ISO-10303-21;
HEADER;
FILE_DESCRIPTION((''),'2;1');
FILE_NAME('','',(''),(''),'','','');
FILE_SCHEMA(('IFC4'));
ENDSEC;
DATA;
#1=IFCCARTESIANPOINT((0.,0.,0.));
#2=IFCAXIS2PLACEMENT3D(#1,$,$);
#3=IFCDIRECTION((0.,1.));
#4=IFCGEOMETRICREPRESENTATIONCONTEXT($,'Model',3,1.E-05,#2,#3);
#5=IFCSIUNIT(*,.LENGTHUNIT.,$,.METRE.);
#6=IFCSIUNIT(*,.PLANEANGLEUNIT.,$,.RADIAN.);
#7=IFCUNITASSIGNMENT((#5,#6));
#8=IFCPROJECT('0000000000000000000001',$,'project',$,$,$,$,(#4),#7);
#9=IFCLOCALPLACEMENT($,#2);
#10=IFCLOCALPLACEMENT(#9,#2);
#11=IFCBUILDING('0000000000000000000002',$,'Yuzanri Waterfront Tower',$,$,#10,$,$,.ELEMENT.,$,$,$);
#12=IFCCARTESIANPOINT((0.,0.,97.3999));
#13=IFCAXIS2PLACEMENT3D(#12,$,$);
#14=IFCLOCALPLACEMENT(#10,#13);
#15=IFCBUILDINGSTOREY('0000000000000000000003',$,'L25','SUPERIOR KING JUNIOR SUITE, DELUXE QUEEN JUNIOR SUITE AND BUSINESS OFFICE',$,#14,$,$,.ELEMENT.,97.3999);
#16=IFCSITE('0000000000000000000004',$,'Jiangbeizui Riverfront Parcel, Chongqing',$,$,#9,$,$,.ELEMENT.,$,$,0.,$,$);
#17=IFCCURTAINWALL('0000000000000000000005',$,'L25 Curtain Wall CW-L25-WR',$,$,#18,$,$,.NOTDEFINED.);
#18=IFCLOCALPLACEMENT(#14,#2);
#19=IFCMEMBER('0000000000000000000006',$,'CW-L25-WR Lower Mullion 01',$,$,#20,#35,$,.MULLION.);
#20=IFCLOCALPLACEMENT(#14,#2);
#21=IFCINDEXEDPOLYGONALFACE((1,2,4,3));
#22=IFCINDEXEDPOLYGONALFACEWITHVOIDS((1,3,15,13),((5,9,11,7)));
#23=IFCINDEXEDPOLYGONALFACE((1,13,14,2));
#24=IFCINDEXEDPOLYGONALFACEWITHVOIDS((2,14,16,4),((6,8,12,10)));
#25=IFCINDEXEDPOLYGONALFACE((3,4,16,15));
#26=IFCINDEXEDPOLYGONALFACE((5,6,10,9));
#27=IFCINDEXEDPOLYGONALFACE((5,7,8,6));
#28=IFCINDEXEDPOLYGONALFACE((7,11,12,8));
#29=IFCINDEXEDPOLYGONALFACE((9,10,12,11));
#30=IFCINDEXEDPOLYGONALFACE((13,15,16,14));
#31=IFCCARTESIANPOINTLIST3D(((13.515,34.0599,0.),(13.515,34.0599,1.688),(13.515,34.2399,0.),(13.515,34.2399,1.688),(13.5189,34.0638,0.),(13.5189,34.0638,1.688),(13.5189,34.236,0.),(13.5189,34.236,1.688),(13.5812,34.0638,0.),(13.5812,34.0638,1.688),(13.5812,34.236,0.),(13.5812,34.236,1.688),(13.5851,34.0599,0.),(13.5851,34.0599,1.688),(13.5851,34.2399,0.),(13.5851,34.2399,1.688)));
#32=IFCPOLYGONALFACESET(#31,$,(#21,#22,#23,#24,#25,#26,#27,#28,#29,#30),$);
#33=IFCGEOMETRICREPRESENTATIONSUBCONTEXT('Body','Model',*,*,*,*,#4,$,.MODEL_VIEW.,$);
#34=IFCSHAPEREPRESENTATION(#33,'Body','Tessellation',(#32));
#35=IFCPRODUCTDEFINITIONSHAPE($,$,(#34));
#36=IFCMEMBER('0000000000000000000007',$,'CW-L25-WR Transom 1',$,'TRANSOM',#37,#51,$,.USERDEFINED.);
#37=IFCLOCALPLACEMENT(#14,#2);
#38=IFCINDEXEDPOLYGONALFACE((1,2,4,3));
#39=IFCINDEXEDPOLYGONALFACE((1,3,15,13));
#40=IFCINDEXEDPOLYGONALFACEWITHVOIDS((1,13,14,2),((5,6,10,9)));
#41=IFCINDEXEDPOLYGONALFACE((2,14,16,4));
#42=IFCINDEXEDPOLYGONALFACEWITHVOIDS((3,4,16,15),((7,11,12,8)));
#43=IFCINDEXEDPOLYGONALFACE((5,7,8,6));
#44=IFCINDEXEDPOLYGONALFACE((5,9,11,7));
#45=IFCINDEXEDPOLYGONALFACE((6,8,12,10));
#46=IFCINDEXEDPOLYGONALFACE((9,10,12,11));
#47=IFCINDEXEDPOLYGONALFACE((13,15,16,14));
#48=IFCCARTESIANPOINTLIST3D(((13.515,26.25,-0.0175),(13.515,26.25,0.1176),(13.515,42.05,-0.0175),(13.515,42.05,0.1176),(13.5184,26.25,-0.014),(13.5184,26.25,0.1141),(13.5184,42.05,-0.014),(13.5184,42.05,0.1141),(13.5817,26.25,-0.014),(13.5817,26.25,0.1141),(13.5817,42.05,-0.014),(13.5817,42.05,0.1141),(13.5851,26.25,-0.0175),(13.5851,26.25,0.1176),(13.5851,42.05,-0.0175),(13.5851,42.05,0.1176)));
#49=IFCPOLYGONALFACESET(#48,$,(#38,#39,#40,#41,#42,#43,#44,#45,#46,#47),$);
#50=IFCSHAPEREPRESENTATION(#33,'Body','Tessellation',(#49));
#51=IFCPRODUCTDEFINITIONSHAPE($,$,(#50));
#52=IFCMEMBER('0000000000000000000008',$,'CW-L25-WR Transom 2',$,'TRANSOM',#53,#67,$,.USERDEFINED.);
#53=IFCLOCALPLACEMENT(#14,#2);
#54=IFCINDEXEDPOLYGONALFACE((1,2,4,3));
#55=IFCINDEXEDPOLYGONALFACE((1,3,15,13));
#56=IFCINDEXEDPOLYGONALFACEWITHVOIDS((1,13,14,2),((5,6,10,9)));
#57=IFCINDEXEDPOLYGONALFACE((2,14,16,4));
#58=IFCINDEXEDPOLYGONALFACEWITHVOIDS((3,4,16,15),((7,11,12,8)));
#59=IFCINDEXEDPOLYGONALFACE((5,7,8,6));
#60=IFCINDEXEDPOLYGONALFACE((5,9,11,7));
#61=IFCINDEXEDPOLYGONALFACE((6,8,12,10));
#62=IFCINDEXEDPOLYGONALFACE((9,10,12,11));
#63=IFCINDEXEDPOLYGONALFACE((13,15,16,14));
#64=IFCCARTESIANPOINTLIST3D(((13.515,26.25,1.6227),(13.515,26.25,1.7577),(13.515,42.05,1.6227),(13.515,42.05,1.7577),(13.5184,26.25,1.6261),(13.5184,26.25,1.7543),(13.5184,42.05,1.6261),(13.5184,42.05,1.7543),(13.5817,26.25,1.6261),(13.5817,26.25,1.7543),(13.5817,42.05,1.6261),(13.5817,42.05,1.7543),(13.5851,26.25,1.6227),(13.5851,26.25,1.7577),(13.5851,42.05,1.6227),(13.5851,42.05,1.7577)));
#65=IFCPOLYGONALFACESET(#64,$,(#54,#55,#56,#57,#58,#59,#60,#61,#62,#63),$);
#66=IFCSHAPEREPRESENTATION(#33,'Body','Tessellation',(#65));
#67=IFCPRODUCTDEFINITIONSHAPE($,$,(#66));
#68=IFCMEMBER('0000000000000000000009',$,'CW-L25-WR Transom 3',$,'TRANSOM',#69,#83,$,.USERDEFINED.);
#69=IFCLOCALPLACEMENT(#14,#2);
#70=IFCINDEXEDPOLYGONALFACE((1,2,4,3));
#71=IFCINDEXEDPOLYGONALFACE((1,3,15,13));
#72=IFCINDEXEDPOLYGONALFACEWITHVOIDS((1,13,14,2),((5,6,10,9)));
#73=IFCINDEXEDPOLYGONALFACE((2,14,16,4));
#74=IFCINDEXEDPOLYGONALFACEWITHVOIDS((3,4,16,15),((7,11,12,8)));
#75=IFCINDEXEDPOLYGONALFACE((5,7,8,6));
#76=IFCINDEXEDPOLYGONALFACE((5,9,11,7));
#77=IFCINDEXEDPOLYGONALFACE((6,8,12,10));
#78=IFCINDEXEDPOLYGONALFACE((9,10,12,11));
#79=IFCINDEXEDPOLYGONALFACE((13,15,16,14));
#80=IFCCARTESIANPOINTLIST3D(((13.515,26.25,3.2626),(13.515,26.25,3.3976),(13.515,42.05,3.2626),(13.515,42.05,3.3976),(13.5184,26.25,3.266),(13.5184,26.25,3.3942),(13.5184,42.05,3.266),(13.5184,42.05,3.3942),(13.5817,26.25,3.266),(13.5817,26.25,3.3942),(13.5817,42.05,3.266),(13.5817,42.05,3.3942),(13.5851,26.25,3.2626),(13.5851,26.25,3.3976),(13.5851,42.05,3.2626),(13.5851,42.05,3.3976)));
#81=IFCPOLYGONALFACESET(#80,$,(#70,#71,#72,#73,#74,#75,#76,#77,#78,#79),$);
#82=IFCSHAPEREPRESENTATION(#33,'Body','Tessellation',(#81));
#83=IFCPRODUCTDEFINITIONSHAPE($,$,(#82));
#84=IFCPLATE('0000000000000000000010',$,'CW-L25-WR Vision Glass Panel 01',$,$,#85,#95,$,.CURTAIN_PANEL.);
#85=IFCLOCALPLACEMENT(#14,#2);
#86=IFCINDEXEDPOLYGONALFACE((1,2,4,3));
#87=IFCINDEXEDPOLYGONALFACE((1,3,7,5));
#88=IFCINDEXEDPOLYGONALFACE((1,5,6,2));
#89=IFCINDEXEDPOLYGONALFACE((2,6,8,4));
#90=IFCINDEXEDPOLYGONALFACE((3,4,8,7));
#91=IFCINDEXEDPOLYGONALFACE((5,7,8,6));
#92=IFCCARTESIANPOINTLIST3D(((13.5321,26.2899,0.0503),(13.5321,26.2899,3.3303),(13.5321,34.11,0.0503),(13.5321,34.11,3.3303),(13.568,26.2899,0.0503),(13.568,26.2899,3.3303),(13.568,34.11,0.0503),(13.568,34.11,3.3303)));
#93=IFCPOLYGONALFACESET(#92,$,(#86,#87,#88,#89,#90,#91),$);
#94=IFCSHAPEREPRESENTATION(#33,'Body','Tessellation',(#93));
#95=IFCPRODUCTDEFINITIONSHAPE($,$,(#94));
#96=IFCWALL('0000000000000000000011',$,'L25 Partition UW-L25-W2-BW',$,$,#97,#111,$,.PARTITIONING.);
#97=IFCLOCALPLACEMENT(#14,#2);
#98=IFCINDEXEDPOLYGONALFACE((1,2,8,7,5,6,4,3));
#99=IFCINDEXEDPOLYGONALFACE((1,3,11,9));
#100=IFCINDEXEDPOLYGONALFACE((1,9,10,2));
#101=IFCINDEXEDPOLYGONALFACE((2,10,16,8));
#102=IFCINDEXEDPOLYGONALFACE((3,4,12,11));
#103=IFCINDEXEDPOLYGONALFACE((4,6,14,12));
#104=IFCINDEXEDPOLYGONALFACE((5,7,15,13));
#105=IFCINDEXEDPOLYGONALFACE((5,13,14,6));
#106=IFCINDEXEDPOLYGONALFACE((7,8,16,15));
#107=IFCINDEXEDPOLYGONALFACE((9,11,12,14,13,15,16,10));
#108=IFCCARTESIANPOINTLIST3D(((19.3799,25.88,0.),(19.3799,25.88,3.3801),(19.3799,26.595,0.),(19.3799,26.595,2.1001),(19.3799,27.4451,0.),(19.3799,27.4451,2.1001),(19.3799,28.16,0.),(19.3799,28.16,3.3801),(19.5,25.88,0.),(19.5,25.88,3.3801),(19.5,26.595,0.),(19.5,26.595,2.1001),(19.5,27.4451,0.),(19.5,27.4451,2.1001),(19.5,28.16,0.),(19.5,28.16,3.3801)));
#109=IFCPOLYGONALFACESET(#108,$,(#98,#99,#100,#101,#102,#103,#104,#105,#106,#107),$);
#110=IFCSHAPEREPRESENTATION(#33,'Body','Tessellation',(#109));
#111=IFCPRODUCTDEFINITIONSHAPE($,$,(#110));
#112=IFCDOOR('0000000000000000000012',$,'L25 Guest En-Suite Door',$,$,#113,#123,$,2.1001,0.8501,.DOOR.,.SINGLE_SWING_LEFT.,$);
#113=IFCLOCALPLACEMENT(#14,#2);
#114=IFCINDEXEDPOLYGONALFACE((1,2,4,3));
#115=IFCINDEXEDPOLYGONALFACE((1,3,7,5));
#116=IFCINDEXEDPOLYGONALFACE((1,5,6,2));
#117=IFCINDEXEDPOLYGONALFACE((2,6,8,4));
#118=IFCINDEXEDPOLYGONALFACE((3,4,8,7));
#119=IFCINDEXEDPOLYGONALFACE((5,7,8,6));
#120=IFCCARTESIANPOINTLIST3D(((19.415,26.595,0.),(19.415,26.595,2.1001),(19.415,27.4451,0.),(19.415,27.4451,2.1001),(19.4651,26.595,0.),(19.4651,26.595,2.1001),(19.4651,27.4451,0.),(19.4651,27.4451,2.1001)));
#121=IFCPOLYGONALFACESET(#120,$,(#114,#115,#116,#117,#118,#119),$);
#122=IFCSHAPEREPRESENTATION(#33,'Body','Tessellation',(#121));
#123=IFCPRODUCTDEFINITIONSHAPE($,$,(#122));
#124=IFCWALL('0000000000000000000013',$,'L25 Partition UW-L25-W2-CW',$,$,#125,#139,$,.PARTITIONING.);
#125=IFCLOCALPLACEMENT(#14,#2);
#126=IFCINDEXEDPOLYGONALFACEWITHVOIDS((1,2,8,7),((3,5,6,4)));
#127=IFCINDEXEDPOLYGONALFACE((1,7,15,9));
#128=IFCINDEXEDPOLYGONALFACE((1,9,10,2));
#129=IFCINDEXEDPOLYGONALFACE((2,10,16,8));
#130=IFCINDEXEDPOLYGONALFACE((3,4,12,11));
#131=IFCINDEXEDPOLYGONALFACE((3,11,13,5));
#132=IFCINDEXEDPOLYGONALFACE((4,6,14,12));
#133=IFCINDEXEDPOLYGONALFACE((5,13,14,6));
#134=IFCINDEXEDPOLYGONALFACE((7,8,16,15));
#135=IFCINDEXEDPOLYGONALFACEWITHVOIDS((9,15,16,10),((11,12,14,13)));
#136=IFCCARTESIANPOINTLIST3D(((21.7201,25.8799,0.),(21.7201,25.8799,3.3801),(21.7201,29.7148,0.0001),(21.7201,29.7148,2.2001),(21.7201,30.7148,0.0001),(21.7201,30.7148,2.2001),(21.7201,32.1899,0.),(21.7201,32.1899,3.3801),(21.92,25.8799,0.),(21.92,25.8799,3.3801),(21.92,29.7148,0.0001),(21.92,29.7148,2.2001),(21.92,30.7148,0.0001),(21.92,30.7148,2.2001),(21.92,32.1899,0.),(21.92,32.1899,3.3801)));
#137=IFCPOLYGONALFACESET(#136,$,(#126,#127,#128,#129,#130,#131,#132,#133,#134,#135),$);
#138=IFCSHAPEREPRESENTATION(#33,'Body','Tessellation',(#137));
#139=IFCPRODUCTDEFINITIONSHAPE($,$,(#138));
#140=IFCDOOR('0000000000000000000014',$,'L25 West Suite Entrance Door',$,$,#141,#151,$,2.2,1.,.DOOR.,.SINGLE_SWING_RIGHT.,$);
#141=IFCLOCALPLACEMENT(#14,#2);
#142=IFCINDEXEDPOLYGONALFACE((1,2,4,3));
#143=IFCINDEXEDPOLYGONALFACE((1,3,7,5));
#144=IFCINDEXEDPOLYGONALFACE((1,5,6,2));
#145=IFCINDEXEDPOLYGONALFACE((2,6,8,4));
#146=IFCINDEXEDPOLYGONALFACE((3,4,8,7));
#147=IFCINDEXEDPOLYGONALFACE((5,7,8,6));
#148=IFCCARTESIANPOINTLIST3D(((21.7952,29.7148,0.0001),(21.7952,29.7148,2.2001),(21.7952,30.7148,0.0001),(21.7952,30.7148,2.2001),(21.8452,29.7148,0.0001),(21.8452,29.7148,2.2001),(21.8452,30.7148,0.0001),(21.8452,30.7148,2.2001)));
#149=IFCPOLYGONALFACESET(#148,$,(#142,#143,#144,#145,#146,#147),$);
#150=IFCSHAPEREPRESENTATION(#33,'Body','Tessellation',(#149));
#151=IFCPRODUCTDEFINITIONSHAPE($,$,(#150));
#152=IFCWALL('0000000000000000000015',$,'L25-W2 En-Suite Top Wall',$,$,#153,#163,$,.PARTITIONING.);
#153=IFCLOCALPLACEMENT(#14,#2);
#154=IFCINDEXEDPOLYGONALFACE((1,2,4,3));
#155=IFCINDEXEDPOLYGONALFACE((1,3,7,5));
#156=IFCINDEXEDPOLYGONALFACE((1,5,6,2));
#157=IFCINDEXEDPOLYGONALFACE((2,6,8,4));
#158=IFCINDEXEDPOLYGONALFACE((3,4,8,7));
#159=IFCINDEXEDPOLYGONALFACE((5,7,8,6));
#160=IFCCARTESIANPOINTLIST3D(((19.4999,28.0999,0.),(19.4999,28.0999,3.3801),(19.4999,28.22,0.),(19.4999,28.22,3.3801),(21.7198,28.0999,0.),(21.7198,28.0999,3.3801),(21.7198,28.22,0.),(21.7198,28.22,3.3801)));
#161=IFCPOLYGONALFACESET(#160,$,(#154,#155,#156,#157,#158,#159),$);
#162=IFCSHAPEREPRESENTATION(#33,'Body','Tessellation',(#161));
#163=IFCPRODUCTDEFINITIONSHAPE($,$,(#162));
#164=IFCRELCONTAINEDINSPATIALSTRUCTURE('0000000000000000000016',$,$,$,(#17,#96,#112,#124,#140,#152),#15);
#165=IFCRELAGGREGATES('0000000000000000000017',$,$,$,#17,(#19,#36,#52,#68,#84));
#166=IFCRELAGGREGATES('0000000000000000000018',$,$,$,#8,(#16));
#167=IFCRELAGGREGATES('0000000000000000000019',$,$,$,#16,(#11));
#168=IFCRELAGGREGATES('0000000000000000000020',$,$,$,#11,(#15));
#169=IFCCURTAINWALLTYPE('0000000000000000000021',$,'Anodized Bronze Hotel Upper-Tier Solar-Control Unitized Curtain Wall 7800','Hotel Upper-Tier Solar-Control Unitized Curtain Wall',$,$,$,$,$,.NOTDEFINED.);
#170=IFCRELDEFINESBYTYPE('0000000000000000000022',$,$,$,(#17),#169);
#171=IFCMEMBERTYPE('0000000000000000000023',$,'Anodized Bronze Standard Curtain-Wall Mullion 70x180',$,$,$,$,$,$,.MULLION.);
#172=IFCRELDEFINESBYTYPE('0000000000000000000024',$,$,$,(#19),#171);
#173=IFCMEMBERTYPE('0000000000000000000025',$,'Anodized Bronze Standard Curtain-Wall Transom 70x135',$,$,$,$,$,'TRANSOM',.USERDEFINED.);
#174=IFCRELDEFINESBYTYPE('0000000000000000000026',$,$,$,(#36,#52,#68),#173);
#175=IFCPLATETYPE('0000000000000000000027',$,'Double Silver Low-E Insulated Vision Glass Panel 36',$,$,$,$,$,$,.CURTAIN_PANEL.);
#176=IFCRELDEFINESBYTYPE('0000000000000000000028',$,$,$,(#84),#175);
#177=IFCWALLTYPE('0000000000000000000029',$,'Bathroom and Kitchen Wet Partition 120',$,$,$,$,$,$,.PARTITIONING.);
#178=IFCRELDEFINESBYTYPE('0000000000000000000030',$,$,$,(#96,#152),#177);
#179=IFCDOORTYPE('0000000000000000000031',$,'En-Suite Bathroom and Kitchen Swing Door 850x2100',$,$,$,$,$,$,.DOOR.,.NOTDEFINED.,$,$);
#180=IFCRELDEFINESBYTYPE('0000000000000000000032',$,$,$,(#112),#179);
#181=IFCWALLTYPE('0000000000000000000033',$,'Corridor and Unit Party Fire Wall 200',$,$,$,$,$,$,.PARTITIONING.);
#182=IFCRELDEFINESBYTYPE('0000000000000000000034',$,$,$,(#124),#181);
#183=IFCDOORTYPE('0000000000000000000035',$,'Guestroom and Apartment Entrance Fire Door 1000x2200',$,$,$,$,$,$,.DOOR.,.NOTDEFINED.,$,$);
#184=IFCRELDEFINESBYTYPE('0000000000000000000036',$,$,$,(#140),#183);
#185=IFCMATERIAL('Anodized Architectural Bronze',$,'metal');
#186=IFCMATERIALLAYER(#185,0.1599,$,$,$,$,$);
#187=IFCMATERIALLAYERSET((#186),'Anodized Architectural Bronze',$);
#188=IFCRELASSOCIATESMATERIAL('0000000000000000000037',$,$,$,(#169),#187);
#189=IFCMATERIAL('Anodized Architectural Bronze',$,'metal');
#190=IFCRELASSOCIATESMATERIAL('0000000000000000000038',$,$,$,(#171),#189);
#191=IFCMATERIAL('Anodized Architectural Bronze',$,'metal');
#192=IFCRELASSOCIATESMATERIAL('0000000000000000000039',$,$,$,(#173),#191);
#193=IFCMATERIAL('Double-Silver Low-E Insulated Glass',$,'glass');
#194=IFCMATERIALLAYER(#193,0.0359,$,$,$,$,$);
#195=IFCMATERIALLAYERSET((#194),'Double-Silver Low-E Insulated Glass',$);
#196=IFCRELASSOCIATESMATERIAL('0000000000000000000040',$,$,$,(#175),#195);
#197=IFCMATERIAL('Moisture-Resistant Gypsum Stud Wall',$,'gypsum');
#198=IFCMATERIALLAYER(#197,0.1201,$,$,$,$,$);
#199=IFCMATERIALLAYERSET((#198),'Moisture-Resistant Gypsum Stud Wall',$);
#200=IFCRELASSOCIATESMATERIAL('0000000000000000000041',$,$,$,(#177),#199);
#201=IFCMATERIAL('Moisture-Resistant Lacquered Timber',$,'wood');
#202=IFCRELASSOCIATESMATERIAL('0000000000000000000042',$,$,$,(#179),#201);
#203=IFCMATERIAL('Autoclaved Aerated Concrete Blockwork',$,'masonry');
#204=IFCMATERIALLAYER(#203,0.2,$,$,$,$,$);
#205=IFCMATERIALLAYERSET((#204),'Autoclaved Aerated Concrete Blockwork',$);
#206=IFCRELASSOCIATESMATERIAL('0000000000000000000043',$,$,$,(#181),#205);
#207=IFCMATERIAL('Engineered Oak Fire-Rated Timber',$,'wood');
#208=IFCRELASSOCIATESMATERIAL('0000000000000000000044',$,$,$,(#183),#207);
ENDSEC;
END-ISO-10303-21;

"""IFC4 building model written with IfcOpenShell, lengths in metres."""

from ifc_helpers import new_model, si_unit, direction, frame, frame_2d, origin, origin_2d, place, context, subcontext, project, spatial, rectangle, hollow_rectangle, extrude, source, transform, mapped, material, layer, layer_set, material_profile, profile_set, type_object, element, fill, aggregate, save


model = new_model("IFC4")

# Units and contexts
model_context = context("Model", 3, precision=1e-05, world=origin(), true_north=direction((0.0, 1.0)))
body_context = subcontext(model_context, "Body", "Model", "MODEL_VIEW")
ifc_project = project(units=[si_unit("LENGTHUNIT", "METRE"), si_unit("PLANEANGLEUNIT", "RADIAN")], contexts=[model_context])

# Site, building, storey
site_placement = place(None, origin())
site = spatial("IfcSite", under=ifc_project, at=site_placement, Name="Jiangbeizui Riverfront Parcel, Chongqing", CompositionType="ELEMENT", RefElevation=0.0)
building_placement = place(site_placement, origin())
building = spatial("IfcBuilding", under=site, at=building_placement, Name="Yuzanri Waterfront Tower", CompositionType="ELEMENT")
storey_placement = place(building_placement, frame((0.0, 0.0, 97.3999)))
storey = spatial("IfcBuildingStorey", under=building, at=storey_placement, Name="L25", Description="SUPERIOR KING JUNIOR SUITE, DELUXE QUEEN JUNIOR SUITE AND BUSINESS OFFICE", CompositionType="ELEMENT", Elevation=97.3999)

# Shared definitions
ifc_material_1 = material(Name="Anodized Architectural Bronze", Category="metal")
ifc_layer_1 = layer(ifc_material_1, 0.1599)
ifc_layer_set_1 = layer_set([ifc_layer_1], Name="Anodized Architectural Bronze")
curtain_wall_type = type_object("IfcCurtainWallType", Name="Anodized Bronze Hotel Upper-Tier Solar-Control Unitized Curtain Wall 7800", Description="Hotel Upper-Tier Solar-Control Unitized Curtain Wall", PredefinedType="NOTDEFINED", material=ifc_layer_set_1)
ifc_material_2 = material(Name="Anodized Architectural Bronze", Category="metal")
ifc_material_profile_1 = material_profile(ifc_material_2, hollow_rectangle(XDim=0.0701, YDim=0.1799, WallThickness=0.0039, at=origin_2d()), Name="CWM 70x180")
ifc_profile_set_1 = profile_set([ifc_material_profile_1], Name="Anodized Architectural Bronze")
member_type_1 = type_object("IfcMemberType", Name="Anodized Bronze Standard Curtain-Wall Mullion 70x180", PredefinedType="MULLION", material=ifc_profile_set_1)
shared_shape_1 = source(origin(), body_context, "Body", "SweptSolid", [
    extrude(hollow_rectangle(XDim=0.0701, YDim=0.1799, WallThickness=0.0039, at=origin_2d()), origin(), (0.0, 0.0, 1.0), 1.688),
])

# Curtain wall, members, plate
curtain_wall_1_placement = place(storey_placement, origin())
curtain_wall_1 = element("IfcCurtainWall", 1, at=curtain_wall_1_placement, inside=storey, type_object=curtain_wall_type, Name="L25 Curtain Wall CW-L25-WR", PredefinedType="NOTDEFINED")
member_1_placement = place(storey_placement, frame((13.55, 34.1499, 0.0), z_axis=(0.0, 0.0, 1.0), x_axis=(1.0, 0.0, 0.0)))
member_1 = element("IfcMember", 2, at=member_1_placement, type_object=member_type_1, Name="CW-L25-WR Lower Mullion 01", PredefinedType="MULLION", context=body_context, shape_type="MappedRepresentation", body=[
    mapped(shared_shape_1, transform((0.0, 0.0, 0.0), scale=1.0)),
])
ifc_material_3 = material(Name="Anodized Architectural Bronze", Category="metal")
ifc_material_profile_2 = material_profile(ifc_material_3, hollow_rectangle(XDim=0.0701, YDim=0.135, WallThickness=0.0034, at=origin_2d()), Name="CWT 70x135")
ifc_profile_set_2 = profile_set([ifc_material_profile_2], Name="Anodized Architectural Bronze")
member_type_2 = type_object("IfcMemberType", Name="Anodized Bronze Standard Curtain-Wall Transom 70x135", ElementType="TRANSOM", PredefinedType="USERDEFINED", material=ifc_profile_set_2)
shared_shape_2 = source(origin(), body_context, "Body", "SweptSolid", [
    extrude(hollow_rectangle(XDim=0.0701, YDim=0.135, WallThickness=0.0034, at=origin_2d()), origin(), (0.0, 0.0, 1.0), 15.8),
])
member_2_placement = place(storey_placement, frame((13.55, 26.25, 0.05), z_axis=(0.0, 1.0, 0.0), x_axis=(-1.0, 0.0, 0.0)))
member_2 = element("IfcMember", 3, at=member_2_placement, type_object=member_type_2, Name="CW-L25-WR Transom 1", ObjectType="TRANSOM", PredefinedType="USERDEFINED", context=body_context, shape_type="MappedRepresentation", body=[
    mapped(shared_shape_2, transform((0.0, 0.0, 0.0), scale=1.0)),
])
member_3_placement = place(storey_placement, frame((13.55, 26.25, 1.6902), z_axis=(0.0, 1.0, 0.0), x_axis=(-1.0, 0.0, 0.0)))
member_3 = element("IfcMember", 4, at=member_3_placement, type_object=member_type_2, Name="CW-L25-WR Transom 2", ObjectType="TRANSOM", PredefinedType="USERDEFINED", context=body_context, shape_type="MappedRepresentation", body=[
    mapped(shared_shape_2, transform((0.0, 0.0, 0.0), scale=1.0)),
])
member_4_placement = place(storey_placement, frame((13.55, 26.25, 3.3301), z_axis=(0.0, 1.0, 0.0), x_axis=(-1.0, 0.0, 0.0)))
member_4 = element("IfcMember", 5, at=member_4_placement, type_object=member_type_2, Name="CW-L25-WR Transom 3", ObjectType="TRANSOM", PredefinedType="USERDEFINED", context=body_context, shape_type="MappedRepresentation", body=[
    mapped(shared_shape_2, transform((0.0, 0.0, 0.0), scale=1.0)),
])
ifc_material_4 = material(Name="Double-Silver Low-E Insulated Glass", Category="glass")
ifc_layer_2 = layer(ifc_material_4, 0.0359)
ifc_layer_set_2 = layer_set([ifc_layer_2], Name="Double-Silver Low-E Insulated Glass")
plate_type = type_object("IfcPlateType", Name="Double Silver Low-E Insulated Vision Glass Panel 36", PredefinedType="CURTAIN_PANEL", material=ifc_layer_set_2)
shared_shape_3 = source(origin(), body_context, "Body", "SweptSolid", [
    extrude(rectangle(XDim=7.8201, YDim=0.0359, at=origin_2d()), origin(), (0.0, 0.0, 1.0), 3.28),
])
plate_placement = place(storey_placement, frame((13.55, 30.2, 0.0503), z_axis=(0.0, 0.0, 1.0), x_axis=(0.0, 1.0, 0.0)))
plate = element("IfcPlate", 6, at=plate_placement, type_object=plate_type, Name="CW-L25-WR Vision Glass Panel 01", PredefinedType="CURTAIN_PANEL", context=body_context, shape_type="MappedRepresentation", body=[
    mapped(shared_shape_3, transform((0.0, 0.0, 0.0), scale=1.0)),
])
aggregate(curtain_wall_1, [member_1, member_2, member_3, member_4, plate])

# Wall, opening, door
ifc_material_5 = material(Name="Moisture-Resistant Gypsum Stud Wall", Category="gypsum")
ifc_layer_3 = layer(ifc_material_5, 0.1201)
ifc_layer_set_3 = layer_set([ifc_layer_3], Name="Moisture-Resistant Gypsum Stud Wall")
wall_type_1 = type_object("IfcWallType", Name="Bathroom and Kitchen Wet Partition 120", PredefinedType="PARTITIONING", material=ifc_layer_set_3)
wall_1_placement = place(storey_placement, frame((19.4399, 25.8799, 0.0), z_axis=(0.0, 0.0, 1.0), x_axis=(0.0, 1.0, 0.0)))
wall_1 = element("IfcWall", 7, at=wall_1_placement, inside=storey, type_object=wall_type_1, Name="L25 Partition UW-L25-W2-BW", PredefinedType="PARTITIONING", context=body_context, shape_type="SweptSolid", body=[
    extrude(rectangle(XDim=2.28, YDim=0.1201, at=frame_2d((1.1401, 0.0))), origin(), (0.0, 0.0, 1.0), 3.3801),
])
opening_1_placement = place(wall_1_placement, frame((0.7151, 0.0, 0.0)))
opening_1 = element("IfcOpeningElement", 8, at=opening_1_placement, cuts=wall_1, PredefinedType="OPENING", context=body_context, shape_type="SweptSolid", body=[
    extrude(rectangle(XDim=0.8501, YDim=2.1001, at=frame_2d((0.425, 1.05))), frame((0.0, 0.075, 0.0), z_axis=(0.0, -1.0, 0.0), x_axis=(1.0, 0.0, 0.0)), (0.0, 0.0, 1.0), 0.1499),
])
ifc_material_6 = material(Name="Moisture-Resistant Lacquered Timber", Category="wood")
door_type_1 = type_object("IfcDoorType", Name="En-Suite Bathroom and Kitchen Swing Door 850x2100", OperationType="NOTDEFINED", PredefinedType="DOOR", material=ifc_material_6)
shared_shape_4 = source(origin(), body_context, "Body", "SweptSolid", [
    extrude(rectangle(XDim=0.8501, YDim=2.1001, at=frame_2d((0.425, 1.05))), frame((0.0, 0.0249, 0.0), z_axis=(0.0, -1.0, 0.0), x_axis=(1.0, 0.0, 0.0)), (0.0, 0.0, 1.0), 0.05),
])
door_1_placement = place(opening_1_placement, origin())
door_1 = element("IfcDoor", 9, at=door_1_placement, inside=storey, type_object=door_type_1, Name="L25 Guest En-Suite Door", OperationType="SINGLE_SWING_LEFT", OverallHeight=2.1001, OverallWidth=0.8501, PredefinedType="DOOR", context=body_context, shape_type="MappedRepresentation", body=[
    mapped(shared_shape_4, transform((0.0, 0.0, 0.0), scale=1.0)),
])
fill(opening_1, door_1)

# Wall, opening, door
ifc_material_7 = material(Name="Autoclaved Aerated Concrete Blockwork", Category="masonry")
ifc_layer_4 = layer(ifc_material_7, 0.2)
ifc_layer_set_4 = layer_set([ifc_layer_4], Name="Autoclaved Aerated Concrete Blockwork")
wall_type_2 = type_object("IfcWallType", Name="Corridor and Unit Party Fire Wall 200", PredefinedType="PARTITIONING", material=ifc_layer_set_4)
wall_2_placement = place(storey_placement, frame((21.8201, 25.8799, 0.0), z_axis=(0.0, 0.0, 1.0), x_axis=(0.0, 1.0, 0.0)))
wall_2 = element("IfcWall", 10, at=wall_2_placement, inside=storey, type_object=wall_type_2, Name="L25 Partition UW-L25-W2-CW", PredefinedType="PARTITIONING", context=body_context, shape_type="SweptSolid", body=[
    extrude(rectangle(XDim=6.3101, YDim=0.2, at=frame_2d((3.155, 0.0))), origin(), (0.0, 0.0, 1.0), 3.3801),
])
opening_2_placement = place(wall_2_placement, frame((3.835, 0.0, 0.0)))
opening_2 = element("IfcOpeningElement", 11, at=opening_2_placement, cuts=wall_2, PredefinedType="OPENING", context=body_context, shape_type="SweptSolid", body=[
    extrude(rectangle(XDim=1.0, YDim=2.2, at=frame_2d((0.5, 1.1001))), frame((0.0, 0.1147, 0.0), z_axis=(0.0, -1.0, 0.0), x_axis=(1.0, 0.0, 0.0)), (0.0, 0.0, 1.0), 0.2297),
])
ifc_material_8 = material(Name="Engineered Oak Fire-Rated Timber", Category="wood")
door_type_2 = type_object("IfcDoorType", Name="Guestroom and Apartment Entrance Fire Door 1000x2200", OperationType="NOTDEFINED", PredefinedType="DOOR", material=ifc_material_8)
shared_shape_5 = source(origin(), body_context, "Body", "SweptSolid", [
    extrude(rectangle(XDim=1.0, YDim=2.2, at=frame_2d((0.5, 1.1001))), frame((0.0, 0.0249, 0.0), z_axis=(0.0, -1.0, 0.0), x_axis=(1.0, 0.0, 0.0)), (0.0, 0.0, 1.0), 0.05),
])
door_2_placement = place(opening_2_placement, origin())
door_2 = element("IfcDoor", 12, at=door_2_placement, inside=storey, type_object=door_type_2, Name="L25 West Suite Entrance Door", OperationType="SINGLE_SWING_RIGHT", OverallHeight=2.2, OverallWidth=1.0, PredefinedType="DOOR", context=body_context, shape_type="MappedRepresentation", body=[
    mapped(shared_shape_5, transform((0.0, 0.0, 0.0), scale=1.0)),
])
fill(opening_2, door_2)

# Wall
shared_shape_6 = source(origin(), body_context, "Body", "SweptSolid", [
    extrude(rectangle(XDim=2.22, YDim=0.1201, at=frame_2d((1.1099, 0.0))), origin(), (0.0, 0.0, 1.0), 3.3801),
])
wall_3_placement = place(storey_placement, frame((19.5, 28.1599, 0.0), z_axis=(0.0, 0.0, 1.0), x_axis=(1.0, 0.0, 0.0)))
element("IfcWall", 13, at=wall_3_placement, inside=storey, type_object=wall_type_1, Name="L25-W2 En-Suite Top Wall", PredefinedType="PARTITIONING", context=body_context, shape_type="MappedRepresentation", body=[
    mapped(shared_shape_6, transform((0.0, 0.0, 0.0), scale=1.0)),
])

save(model, "model.ifc")
